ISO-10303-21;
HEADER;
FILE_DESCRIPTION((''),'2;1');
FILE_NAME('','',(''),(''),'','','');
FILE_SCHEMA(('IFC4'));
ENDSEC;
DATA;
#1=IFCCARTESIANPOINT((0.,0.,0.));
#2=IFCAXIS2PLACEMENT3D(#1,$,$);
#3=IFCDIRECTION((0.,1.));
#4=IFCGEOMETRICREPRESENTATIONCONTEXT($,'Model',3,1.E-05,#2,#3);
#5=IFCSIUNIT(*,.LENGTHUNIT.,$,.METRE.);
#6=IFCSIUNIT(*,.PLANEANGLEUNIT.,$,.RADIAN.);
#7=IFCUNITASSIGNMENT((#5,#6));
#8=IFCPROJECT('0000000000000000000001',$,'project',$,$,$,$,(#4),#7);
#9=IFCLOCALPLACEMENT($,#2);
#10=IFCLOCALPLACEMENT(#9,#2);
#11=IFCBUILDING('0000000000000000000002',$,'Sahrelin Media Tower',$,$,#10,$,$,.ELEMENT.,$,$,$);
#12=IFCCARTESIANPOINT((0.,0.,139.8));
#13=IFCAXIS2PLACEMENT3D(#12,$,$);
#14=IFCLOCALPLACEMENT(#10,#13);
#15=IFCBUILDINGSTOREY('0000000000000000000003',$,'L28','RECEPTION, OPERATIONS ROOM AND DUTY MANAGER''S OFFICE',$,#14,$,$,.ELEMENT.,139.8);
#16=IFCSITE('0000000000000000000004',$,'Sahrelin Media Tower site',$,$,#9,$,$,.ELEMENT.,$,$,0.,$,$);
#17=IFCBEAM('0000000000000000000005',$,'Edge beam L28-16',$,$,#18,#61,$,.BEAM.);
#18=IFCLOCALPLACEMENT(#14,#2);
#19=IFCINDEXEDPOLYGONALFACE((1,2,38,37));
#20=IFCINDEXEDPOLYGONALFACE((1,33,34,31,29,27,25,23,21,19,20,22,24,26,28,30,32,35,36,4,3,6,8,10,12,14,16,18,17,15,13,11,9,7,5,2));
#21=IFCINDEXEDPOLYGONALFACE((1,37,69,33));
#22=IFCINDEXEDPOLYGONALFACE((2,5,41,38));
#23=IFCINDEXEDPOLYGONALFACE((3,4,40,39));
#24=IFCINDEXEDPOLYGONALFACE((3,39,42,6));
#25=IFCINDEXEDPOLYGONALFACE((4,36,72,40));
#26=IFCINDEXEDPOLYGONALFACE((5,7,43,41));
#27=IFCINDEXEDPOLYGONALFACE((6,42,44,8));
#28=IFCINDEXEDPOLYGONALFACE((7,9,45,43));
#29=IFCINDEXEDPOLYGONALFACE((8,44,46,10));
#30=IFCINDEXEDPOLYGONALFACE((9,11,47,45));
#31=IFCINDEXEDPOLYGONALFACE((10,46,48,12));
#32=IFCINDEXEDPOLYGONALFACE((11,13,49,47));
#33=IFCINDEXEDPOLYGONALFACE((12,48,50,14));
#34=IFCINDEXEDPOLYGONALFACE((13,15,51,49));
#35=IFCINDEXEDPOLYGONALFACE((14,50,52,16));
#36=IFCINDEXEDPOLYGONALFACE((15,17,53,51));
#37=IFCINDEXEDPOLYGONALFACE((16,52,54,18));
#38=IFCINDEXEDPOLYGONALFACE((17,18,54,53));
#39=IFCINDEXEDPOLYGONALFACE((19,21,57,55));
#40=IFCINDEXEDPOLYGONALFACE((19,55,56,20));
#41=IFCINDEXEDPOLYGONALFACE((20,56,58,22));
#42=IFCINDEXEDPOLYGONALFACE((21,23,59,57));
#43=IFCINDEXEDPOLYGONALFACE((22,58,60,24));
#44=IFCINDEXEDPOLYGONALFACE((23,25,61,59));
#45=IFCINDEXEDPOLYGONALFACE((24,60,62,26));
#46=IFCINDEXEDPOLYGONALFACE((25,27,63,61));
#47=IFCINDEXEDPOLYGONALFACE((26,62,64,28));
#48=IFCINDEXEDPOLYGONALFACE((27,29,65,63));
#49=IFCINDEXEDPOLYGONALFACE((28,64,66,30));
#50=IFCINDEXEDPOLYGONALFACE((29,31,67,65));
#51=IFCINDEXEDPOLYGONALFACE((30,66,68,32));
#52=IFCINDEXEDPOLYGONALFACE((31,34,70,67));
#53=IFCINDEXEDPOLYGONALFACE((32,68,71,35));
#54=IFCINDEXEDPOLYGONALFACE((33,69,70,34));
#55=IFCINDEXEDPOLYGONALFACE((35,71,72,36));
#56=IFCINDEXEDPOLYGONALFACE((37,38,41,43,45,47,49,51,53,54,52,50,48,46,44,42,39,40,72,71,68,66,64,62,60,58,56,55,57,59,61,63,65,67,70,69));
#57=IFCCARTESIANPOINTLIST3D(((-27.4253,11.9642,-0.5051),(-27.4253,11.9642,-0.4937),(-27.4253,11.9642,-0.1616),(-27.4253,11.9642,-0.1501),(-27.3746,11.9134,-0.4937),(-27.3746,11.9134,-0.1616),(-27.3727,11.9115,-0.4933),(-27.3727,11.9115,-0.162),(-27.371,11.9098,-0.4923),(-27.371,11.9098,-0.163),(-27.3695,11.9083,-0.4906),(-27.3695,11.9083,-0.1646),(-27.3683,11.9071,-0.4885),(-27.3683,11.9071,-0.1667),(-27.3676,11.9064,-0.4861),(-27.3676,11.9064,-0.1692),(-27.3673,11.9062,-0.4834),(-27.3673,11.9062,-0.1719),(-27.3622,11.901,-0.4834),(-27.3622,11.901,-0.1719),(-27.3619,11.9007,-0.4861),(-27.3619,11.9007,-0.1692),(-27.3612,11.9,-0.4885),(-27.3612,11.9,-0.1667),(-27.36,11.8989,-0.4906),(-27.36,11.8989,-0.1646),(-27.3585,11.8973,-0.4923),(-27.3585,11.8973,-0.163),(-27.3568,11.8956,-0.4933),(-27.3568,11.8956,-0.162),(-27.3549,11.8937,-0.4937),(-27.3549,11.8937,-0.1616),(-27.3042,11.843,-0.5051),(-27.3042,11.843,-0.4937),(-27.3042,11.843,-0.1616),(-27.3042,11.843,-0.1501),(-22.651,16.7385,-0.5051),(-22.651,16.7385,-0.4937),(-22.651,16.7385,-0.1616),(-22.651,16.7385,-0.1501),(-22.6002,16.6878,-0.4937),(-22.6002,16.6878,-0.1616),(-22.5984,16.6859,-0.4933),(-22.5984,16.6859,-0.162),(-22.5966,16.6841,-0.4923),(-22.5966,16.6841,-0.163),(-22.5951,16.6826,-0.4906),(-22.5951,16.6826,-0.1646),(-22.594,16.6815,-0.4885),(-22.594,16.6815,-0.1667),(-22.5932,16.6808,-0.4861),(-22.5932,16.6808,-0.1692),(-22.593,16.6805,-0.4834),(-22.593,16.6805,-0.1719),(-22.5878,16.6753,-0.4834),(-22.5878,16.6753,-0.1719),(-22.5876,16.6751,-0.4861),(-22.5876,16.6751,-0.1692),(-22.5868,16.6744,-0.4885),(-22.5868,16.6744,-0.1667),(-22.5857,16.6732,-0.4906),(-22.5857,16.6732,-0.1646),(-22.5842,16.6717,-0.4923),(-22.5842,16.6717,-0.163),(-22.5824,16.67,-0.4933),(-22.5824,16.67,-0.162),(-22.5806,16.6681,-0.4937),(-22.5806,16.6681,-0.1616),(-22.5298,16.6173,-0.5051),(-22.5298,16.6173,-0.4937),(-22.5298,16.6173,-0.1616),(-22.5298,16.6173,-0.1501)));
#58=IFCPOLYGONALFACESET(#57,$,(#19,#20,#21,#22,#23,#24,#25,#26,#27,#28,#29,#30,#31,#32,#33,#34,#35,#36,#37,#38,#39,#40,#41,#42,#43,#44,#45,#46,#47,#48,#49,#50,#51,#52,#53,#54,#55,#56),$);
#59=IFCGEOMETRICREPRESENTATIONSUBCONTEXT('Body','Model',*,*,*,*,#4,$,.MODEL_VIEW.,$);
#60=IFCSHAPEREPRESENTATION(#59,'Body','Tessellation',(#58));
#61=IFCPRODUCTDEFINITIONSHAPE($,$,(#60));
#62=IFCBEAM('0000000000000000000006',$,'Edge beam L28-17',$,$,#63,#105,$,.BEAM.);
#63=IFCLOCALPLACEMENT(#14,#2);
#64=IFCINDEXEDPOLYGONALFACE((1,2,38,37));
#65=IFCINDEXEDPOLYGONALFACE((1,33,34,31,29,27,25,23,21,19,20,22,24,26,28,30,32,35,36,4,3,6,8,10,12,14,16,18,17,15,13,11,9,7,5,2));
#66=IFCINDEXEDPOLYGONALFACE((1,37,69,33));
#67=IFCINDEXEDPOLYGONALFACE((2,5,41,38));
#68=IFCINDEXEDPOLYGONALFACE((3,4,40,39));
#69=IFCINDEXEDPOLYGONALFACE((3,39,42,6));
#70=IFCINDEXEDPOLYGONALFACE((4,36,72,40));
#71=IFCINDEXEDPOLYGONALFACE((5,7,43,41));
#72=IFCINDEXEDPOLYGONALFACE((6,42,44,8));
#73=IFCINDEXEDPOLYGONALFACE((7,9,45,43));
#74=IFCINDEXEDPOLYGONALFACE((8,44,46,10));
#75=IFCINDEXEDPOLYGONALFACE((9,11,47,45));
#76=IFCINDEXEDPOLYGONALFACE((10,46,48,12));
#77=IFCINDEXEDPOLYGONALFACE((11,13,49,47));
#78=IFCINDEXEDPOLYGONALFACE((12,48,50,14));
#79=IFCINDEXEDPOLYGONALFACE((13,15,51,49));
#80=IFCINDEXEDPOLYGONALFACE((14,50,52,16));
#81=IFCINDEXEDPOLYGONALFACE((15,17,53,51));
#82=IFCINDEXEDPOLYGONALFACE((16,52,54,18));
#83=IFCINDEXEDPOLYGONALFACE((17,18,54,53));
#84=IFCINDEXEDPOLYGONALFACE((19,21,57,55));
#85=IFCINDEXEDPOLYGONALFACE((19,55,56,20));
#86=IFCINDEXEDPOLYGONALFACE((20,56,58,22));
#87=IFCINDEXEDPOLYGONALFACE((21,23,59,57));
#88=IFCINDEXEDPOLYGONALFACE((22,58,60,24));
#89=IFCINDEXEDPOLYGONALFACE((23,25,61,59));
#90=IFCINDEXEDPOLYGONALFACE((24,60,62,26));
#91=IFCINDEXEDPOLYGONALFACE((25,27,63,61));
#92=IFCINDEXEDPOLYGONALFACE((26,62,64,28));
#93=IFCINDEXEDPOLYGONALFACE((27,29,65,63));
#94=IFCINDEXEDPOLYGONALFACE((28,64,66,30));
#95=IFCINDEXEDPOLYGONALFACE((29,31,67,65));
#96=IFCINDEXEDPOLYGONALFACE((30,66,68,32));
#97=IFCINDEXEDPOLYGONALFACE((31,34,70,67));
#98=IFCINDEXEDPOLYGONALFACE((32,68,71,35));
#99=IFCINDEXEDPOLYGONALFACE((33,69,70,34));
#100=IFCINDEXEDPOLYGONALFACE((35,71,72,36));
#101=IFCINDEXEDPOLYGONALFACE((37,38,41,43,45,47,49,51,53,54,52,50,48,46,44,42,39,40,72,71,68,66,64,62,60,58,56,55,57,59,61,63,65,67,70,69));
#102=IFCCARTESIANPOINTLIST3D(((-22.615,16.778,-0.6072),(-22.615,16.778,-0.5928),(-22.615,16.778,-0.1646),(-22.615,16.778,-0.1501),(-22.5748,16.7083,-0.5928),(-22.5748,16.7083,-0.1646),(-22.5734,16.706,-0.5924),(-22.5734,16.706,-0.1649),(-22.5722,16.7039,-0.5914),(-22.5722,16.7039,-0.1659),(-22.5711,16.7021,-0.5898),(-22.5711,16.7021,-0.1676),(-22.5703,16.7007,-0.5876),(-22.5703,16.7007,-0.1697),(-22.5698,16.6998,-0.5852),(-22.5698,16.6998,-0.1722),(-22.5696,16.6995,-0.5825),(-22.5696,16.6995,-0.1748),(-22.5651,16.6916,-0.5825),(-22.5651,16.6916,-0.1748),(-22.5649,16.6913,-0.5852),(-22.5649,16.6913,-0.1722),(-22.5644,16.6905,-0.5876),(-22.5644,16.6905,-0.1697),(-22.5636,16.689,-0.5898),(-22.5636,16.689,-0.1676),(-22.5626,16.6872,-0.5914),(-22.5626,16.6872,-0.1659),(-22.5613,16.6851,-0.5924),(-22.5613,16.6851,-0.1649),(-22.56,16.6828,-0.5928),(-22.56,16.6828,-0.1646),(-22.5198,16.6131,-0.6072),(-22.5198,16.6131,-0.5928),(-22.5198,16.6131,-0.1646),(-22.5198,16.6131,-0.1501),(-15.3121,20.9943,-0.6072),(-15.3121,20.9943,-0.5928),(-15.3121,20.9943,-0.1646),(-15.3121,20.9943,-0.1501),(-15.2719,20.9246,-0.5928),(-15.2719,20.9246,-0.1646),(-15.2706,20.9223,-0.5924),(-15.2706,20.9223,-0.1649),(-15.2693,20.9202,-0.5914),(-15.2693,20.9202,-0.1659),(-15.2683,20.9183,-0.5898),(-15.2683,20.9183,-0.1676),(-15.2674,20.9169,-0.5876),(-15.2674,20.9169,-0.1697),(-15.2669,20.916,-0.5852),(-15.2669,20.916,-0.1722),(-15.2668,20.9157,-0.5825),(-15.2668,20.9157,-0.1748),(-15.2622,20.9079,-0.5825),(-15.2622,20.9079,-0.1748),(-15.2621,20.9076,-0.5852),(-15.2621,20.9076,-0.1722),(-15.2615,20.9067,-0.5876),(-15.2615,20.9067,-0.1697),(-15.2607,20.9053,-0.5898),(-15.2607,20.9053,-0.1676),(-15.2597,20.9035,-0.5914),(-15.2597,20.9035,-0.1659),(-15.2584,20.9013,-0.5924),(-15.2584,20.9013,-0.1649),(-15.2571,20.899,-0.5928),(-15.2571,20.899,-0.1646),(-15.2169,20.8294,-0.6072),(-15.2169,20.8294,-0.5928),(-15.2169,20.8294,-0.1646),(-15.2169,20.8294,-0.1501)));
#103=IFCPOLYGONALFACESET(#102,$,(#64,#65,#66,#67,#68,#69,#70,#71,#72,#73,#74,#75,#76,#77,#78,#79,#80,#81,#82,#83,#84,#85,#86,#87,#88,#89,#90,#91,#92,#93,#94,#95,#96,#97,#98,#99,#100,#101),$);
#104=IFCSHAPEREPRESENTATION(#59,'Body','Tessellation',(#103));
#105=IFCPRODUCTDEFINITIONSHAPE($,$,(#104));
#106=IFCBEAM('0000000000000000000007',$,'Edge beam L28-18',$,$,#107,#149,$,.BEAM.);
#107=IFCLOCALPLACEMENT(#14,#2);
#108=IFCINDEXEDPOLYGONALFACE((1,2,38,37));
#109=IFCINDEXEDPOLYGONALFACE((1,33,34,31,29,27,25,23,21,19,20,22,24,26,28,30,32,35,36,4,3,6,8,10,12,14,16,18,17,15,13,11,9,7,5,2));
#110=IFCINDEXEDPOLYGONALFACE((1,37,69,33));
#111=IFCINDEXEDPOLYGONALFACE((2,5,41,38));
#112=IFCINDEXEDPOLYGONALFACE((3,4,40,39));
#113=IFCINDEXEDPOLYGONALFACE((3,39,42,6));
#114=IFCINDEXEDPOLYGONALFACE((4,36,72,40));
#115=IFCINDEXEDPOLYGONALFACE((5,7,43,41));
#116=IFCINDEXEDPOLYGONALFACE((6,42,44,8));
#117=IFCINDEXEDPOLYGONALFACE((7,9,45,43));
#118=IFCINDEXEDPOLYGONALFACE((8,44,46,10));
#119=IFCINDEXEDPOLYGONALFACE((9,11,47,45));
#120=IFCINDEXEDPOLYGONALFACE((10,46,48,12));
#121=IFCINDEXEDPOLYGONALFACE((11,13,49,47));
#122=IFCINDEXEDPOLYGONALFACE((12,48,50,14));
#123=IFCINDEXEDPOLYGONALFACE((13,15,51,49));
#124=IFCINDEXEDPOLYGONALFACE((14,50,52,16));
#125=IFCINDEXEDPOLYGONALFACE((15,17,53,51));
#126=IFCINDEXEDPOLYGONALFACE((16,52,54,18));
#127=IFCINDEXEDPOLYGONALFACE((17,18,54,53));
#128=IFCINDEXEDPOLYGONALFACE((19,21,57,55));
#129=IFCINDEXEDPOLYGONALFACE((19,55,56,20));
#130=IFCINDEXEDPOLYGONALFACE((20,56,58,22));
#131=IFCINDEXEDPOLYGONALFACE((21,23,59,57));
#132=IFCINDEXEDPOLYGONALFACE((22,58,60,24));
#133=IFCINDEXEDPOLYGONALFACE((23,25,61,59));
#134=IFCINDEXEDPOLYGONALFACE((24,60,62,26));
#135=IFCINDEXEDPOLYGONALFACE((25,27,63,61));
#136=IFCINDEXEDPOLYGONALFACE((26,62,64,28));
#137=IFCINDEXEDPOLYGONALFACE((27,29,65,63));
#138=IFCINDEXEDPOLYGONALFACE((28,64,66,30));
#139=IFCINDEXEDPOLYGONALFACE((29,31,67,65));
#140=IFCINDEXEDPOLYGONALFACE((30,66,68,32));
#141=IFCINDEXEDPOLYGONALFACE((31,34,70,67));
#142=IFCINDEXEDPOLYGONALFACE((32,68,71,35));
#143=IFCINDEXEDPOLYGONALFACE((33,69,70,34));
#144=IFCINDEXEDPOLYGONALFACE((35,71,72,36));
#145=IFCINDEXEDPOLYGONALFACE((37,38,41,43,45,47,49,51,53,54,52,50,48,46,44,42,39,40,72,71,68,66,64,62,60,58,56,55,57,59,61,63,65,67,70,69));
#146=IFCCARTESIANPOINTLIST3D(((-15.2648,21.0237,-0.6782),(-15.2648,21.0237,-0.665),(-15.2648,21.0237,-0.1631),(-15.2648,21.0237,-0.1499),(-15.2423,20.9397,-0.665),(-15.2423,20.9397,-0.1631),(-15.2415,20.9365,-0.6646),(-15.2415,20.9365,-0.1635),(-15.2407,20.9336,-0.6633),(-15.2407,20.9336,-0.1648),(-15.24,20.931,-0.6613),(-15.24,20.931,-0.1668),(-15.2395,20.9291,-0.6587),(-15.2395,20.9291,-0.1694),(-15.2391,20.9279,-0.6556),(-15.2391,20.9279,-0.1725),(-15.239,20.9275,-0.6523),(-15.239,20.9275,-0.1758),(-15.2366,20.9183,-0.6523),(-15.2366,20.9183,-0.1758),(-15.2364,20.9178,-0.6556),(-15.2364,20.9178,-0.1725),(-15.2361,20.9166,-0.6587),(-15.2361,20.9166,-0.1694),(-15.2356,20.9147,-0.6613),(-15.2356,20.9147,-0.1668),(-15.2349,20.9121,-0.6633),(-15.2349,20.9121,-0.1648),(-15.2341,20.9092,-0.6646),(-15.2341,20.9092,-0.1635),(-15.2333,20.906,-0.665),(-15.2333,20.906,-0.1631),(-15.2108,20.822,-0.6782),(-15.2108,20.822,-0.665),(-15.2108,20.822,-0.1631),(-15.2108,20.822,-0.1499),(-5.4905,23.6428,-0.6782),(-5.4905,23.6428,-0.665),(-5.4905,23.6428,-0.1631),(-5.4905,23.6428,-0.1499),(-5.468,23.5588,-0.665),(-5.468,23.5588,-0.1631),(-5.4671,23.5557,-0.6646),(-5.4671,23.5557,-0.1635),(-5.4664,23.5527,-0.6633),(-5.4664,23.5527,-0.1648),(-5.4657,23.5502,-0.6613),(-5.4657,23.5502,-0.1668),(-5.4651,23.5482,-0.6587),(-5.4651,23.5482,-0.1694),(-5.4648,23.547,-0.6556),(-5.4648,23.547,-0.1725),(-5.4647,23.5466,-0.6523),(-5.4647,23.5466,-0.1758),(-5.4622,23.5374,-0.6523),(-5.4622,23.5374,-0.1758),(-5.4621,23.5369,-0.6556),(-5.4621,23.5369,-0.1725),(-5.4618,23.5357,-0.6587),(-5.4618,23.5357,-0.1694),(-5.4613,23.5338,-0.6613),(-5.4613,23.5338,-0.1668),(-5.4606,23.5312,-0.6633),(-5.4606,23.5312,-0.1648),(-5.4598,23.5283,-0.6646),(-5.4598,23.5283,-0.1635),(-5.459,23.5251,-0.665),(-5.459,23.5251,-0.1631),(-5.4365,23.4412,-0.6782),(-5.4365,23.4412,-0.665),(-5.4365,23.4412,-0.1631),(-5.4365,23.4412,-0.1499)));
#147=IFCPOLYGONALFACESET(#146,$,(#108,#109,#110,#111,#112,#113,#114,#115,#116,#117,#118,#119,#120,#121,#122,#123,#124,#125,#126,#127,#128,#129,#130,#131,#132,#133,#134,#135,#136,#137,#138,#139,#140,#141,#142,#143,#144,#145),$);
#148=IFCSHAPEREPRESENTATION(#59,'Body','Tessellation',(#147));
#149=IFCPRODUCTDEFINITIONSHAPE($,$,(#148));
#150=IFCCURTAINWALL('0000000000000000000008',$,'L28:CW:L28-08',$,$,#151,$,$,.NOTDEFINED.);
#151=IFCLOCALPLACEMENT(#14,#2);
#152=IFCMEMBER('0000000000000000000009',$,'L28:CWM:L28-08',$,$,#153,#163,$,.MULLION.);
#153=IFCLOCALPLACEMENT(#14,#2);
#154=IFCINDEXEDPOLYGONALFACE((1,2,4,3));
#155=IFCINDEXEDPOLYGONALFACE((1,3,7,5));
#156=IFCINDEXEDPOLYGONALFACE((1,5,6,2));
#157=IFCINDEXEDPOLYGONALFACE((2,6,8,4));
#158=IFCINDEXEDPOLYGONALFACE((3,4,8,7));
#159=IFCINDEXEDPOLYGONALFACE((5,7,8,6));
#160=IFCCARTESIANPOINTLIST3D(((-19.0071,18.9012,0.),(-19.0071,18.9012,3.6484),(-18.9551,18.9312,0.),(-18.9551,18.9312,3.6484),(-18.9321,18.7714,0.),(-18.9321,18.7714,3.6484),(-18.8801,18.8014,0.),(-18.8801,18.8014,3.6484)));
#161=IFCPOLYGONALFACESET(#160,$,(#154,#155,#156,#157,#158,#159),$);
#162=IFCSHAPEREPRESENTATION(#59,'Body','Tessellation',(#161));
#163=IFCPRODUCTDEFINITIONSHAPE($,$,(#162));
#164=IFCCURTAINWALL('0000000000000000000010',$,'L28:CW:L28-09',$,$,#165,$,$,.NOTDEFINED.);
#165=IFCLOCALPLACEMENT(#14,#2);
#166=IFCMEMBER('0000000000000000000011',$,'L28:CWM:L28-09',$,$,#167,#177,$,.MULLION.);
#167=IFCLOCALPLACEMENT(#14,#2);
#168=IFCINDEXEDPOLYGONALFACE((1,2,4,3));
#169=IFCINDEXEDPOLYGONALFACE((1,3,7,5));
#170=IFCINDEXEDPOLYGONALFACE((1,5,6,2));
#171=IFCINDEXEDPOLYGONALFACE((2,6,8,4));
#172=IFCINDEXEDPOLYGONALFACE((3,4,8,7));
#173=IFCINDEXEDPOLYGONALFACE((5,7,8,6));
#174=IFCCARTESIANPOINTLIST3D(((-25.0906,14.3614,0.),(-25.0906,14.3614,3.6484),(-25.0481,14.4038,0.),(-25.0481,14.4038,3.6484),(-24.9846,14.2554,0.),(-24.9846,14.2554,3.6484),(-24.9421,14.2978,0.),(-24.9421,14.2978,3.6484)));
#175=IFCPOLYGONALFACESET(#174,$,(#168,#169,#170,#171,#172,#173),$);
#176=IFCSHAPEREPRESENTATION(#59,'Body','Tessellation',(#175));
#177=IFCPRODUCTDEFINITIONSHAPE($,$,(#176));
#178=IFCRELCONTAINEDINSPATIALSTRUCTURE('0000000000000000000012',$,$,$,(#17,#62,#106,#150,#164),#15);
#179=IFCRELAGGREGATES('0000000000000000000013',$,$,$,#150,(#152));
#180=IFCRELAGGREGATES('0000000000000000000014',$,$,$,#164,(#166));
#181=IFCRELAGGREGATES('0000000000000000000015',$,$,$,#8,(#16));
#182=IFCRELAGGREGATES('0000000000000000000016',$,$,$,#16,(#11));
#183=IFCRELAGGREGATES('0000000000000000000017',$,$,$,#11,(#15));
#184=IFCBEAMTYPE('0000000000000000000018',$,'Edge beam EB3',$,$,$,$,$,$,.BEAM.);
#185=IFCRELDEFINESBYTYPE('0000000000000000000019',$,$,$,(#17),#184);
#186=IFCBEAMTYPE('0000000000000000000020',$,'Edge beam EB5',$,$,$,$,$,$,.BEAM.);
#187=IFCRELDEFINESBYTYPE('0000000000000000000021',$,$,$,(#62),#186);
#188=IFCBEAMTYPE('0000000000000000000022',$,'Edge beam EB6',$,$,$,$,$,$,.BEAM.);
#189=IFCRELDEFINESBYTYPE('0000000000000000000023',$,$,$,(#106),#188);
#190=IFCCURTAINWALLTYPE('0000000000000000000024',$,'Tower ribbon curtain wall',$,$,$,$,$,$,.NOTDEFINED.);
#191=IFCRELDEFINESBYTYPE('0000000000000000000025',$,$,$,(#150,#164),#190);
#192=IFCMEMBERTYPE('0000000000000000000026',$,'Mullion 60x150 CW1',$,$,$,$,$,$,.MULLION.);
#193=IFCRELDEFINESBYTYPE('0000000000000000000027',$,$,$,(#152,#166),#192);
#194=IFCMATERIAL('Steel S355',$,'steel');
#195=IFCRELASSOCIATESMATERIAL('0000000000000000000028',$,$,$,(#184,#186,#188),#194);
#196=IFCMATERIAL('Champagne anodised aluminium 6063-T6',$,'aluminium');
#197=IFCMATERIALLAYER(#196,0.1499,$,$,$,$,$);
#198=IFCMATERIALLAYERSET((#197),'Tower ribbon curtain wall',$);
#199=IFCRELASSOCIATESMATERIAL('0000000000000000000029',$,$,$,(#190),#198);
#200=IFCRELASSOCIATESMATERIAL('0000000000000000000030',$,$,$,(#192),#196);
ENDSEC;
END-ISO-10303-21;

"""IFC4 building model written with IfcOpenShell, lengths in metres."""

from ifc_helpers import new_model, si_unit, direction, frame, origin, origin_2d, place, context, subcontext, project, spatial, rectangle, i_section, extrude, material, layer, layer_set, material_profile, profile_set, type_object, element, aggregate, save


model = new_model("IFC4")

# Units and contexts
model_context = context("Model", 3, precision=1e-05, world=origin(), true_north=direction((0.0, 1.0)))
body_context = subcontext(model_context, "Body", "Model", "MODEL_VIEW")
ifc_project = project(units=[si_unit("LENGTHUNIT", "METRE"), si_unit("PLANEANGLEUNIT", "RADIAN")], contexts=[model_context])

# Site, building, storey
site_placement = place(None, origin())
site = spatial("IfcSite", under=ifc_project, at=site_placement, Name="Sahrelin Media Tower site", CompositionType="ELEMENT", RefElevation=0.0)
building_placement = place(site_placement, origin())
building = spatial("IfcBuilding", under=site, at=building_placement, Name="Sahrelin Media Tower", CompositionType="ELEMENT")
storey_placement = place(building_placement, frame((0.0, 0.0, 139.8)))
storey = spatial("IfcBuildingStorey", under=building, at=storey_placement, Name="L28", Description="RECEPTION, OPERATIONS ROOM AND DUTY MANAGER'S OFFICE", CompositionType="ELEMENT", Elevation=139.8)

# Beams
ifc_material_1 = material(Name="Steel S355", Category="steel")
ifc_material_profile_1 = material_profile(ifc_material_1, i_section(OverallWidth=0.1714, OverallDepth=0.355, WebThickness=0.0073, FlangeThickness=0.0115, FilletRadius=0.0103, at=origin_2d()), Name="UB 356x171x51")
ifc_profile_set_1 = profile_set([ifc_material_profile_1], Name="Steel S355")
beam_type_1 = type_object("IfcBeamType", Name="Edge beam EB3", PredefinedType="BEAM", material=ifc_profile_set_1)
beam_1_placement = place(storey_placement, frame((-27.3647, 11.9036, -0.3276), z_axis=(0.707107, 0.707107, 0.0), x_axis=(-0.707107, 0.707107, 0.0)))
element("IfcBeam", 1, at=beam_1_placement, inside=storey, type_object=beam_type_1, Name="Edge beam L28-16", PredefinedType="BEAM", context=body_context, shape_type="SweptSolid", body=[
    extrude(i_section(OverallWidth=0.1714, OverallDepth=0.355, WebThickness=0.0073, FlangeThickness=0.0115, FilletRadius=0.0103, at=origin_2d()), origin(), (0.0, 0.0, 1.0), 6.752),
])
ifc_material_profile_2 = material_profile(ifc_material_1, i_section(OverallWidth=0.1904, OverallDepth=0.457, WebThickness=0.009, FlangeThickness=0.0144, FilletRadius=0.0103, at=origin_2d()), Name="UB 457x191x74")
ifc_profile_set_2 = profile_set([ifc_material_profile_2], Name="Steel S355")
beam_type_2 = type_object("IfcBeamType", Name="Edge beam EB5", PredefinedType="BEAM", material=ifc_profile_set_2)
beam_2_placement = place(storey_placement, frame((-22.5674, 16.6956, -0.3787), z_axis=(0.866029, 0.499994, 0.0), x_axis=(-0.499994, 0.866029, 0.0)))
element("IfcBeam", 2, at=beam_2_placement, inside=storey, type_object=beam_type_2, Name="Edge beam L28-17", PredefinedType="BEAM", context=body_context, shape_type="SweptSolid", body=[
    extrude(i_section(OverallWidth=0.1904, OverallDepth=0.457, WebThickness=0.009, FlangeThickness=0.0144, FilletRadius=0.0103, at=origin_2d()), origin(), (0.0, 0.0, 1.0), 8.4326),
])
ifc_material_profile_3 = material_profile(ifc_material_1, i_section(OverallWidth=0.2087, OverallDepth=0.5283, WebThickness=0.0095, FlangeThickness=0.0132, FilletRadius=0.0127, at=origin_2d()), Name="UB 533x210x82")
ifc_profile_set_3 = profile_set([ifc_material_profile_3], Name="Steel S355")
beam_type_3 = type_object("IfcBeamType", Name="Edge beam EB6", PredefinedType="BEAM", material=ifc_profile_set_3)
beam_3_placement = place(storey_placement, frame((-15.2378, 20.9229, -0.4141), z_axis=(0.965923, 0.258828, 0.0), x_axis=(-0.258828, 0.965923, 0.0)))
element("IfcBeam", 3, at=beam_3_placement, inside=storey, type_object=beam_type_3, Name="Edge beam L28-18", PredefinedType="BEAM", context=body_context, shape_type="SweptSolid", body=[
    extrude(i_section(OverallWidth=0.2087, OverallDepth=0.5283, WebThickness=0.0095, FlangeThickness=0.0132, FilletRadius=0.0127, at=origin_2d()), origin(), (0.0, 0.0, 1.0), 10.1191),
])

# Curtain walls, members
ifc_material_2 = material(Name="Champagne anodised aluminium 6063-T6", Category="aluminium")
ifc_layer_1 = layer(ifc_material_2, 0.1499)
ifc_layer_set_1 = layer_set([ifc_layer_1], Name="Tower ribbon curtain wall")
curtain_wall_type = type_object("IfcCurtainWallType", Name="Tower ribbon curtain wall", PredefinedType="NOTDEFINED", material=ifc_layer_set_1)
curtain_wall_1_placement = place(storey_placement, frame((-18.991, 18.9336, 0.0), z_axis=(0.0, 0.0, 1.0), x_axis=(1.0, 0.0, 0.0)))
curtain_wall_1 = element("IfcCurtainWall", 4, at=curtain_wall_1_placement, inside=storey, type_object=curtain_wall_type, Name="L28:CW:L28-08", PredefinedType="NOTDEFINED")
ifc_material_profile_4 = material_profile(ifc_material_2, rectangle(XDim=0.0601, YDim=0.1499, at=origin_2d()), Name="Mullion 60x150")
ifc_profile_set_4 = profile_set([ifc_material_profile_4], Name="Champagne anodised aluminium 6063-T6")
member_type_1 = type_object("IfcMemberType", Name="Mullion 60x150 CW1", PredefinedType="MULLION", material=ifc_profile_set_4)
member_1_placement = place(storey_placement, frame((-18.9436, 18.8513, 0.0), z_axis=(0.0, 0.0, 1.0), x_axis=(-0.866027, -0.499997, 0.0)))
member_1 = element("IfcMember", 5, at=member_1_placement, type_object=member_type_1, Name="L28:CWM:L28-08", PredefinedType="MULLION", context=body_context, shape_type="SweptSolid", body=[
    extrude(rectangle(XDim=0.0601, YDim=0.1499, at=origin_2d()), origin(), (0.0, 0.0, 1.0), 3.6484),
])
curtain_wall_2_placement = place(storey_placement, frame((-25.0835, 14.397, 0.0), z_axis=(0.0, 0.0, 1.0), x_axis=(1.0, 0.0, 0.0)))
curtain_wall_2 = element("IfcCurtainWall", 6, at=curtain_wall_2_placement, inside=storey, type_object=curtain_wall_type, Name="L28:CW:L28-09", PredefinedType="NOTDEFINED")
member_2_placement = place(storey_placement, frame((-25.0164, 14.3296, 0.0), z_axis=(0.0, 0.0, 1.0), x_axis=(-0.707107, -0.707107, 0.0)))
member_2 = element("IfcMember", 7, at=member_2_placement, type_object=member_type_1, Name="L28:CWM:L28-09", PredefinedType="MULLION", context=body_context, shape_type="SweptSolid", body=[
    extrude(rectangle(XDim=0.0601, YDim=0.1499, at=origin_2d()), origin(), (0.0, 0.0, 1.0), 3.6484),
])

aggregate(curtain_wall_1, [member_1])
aggregate(curtain_wall_2, [member_2])

save(model, "model.ifc")
